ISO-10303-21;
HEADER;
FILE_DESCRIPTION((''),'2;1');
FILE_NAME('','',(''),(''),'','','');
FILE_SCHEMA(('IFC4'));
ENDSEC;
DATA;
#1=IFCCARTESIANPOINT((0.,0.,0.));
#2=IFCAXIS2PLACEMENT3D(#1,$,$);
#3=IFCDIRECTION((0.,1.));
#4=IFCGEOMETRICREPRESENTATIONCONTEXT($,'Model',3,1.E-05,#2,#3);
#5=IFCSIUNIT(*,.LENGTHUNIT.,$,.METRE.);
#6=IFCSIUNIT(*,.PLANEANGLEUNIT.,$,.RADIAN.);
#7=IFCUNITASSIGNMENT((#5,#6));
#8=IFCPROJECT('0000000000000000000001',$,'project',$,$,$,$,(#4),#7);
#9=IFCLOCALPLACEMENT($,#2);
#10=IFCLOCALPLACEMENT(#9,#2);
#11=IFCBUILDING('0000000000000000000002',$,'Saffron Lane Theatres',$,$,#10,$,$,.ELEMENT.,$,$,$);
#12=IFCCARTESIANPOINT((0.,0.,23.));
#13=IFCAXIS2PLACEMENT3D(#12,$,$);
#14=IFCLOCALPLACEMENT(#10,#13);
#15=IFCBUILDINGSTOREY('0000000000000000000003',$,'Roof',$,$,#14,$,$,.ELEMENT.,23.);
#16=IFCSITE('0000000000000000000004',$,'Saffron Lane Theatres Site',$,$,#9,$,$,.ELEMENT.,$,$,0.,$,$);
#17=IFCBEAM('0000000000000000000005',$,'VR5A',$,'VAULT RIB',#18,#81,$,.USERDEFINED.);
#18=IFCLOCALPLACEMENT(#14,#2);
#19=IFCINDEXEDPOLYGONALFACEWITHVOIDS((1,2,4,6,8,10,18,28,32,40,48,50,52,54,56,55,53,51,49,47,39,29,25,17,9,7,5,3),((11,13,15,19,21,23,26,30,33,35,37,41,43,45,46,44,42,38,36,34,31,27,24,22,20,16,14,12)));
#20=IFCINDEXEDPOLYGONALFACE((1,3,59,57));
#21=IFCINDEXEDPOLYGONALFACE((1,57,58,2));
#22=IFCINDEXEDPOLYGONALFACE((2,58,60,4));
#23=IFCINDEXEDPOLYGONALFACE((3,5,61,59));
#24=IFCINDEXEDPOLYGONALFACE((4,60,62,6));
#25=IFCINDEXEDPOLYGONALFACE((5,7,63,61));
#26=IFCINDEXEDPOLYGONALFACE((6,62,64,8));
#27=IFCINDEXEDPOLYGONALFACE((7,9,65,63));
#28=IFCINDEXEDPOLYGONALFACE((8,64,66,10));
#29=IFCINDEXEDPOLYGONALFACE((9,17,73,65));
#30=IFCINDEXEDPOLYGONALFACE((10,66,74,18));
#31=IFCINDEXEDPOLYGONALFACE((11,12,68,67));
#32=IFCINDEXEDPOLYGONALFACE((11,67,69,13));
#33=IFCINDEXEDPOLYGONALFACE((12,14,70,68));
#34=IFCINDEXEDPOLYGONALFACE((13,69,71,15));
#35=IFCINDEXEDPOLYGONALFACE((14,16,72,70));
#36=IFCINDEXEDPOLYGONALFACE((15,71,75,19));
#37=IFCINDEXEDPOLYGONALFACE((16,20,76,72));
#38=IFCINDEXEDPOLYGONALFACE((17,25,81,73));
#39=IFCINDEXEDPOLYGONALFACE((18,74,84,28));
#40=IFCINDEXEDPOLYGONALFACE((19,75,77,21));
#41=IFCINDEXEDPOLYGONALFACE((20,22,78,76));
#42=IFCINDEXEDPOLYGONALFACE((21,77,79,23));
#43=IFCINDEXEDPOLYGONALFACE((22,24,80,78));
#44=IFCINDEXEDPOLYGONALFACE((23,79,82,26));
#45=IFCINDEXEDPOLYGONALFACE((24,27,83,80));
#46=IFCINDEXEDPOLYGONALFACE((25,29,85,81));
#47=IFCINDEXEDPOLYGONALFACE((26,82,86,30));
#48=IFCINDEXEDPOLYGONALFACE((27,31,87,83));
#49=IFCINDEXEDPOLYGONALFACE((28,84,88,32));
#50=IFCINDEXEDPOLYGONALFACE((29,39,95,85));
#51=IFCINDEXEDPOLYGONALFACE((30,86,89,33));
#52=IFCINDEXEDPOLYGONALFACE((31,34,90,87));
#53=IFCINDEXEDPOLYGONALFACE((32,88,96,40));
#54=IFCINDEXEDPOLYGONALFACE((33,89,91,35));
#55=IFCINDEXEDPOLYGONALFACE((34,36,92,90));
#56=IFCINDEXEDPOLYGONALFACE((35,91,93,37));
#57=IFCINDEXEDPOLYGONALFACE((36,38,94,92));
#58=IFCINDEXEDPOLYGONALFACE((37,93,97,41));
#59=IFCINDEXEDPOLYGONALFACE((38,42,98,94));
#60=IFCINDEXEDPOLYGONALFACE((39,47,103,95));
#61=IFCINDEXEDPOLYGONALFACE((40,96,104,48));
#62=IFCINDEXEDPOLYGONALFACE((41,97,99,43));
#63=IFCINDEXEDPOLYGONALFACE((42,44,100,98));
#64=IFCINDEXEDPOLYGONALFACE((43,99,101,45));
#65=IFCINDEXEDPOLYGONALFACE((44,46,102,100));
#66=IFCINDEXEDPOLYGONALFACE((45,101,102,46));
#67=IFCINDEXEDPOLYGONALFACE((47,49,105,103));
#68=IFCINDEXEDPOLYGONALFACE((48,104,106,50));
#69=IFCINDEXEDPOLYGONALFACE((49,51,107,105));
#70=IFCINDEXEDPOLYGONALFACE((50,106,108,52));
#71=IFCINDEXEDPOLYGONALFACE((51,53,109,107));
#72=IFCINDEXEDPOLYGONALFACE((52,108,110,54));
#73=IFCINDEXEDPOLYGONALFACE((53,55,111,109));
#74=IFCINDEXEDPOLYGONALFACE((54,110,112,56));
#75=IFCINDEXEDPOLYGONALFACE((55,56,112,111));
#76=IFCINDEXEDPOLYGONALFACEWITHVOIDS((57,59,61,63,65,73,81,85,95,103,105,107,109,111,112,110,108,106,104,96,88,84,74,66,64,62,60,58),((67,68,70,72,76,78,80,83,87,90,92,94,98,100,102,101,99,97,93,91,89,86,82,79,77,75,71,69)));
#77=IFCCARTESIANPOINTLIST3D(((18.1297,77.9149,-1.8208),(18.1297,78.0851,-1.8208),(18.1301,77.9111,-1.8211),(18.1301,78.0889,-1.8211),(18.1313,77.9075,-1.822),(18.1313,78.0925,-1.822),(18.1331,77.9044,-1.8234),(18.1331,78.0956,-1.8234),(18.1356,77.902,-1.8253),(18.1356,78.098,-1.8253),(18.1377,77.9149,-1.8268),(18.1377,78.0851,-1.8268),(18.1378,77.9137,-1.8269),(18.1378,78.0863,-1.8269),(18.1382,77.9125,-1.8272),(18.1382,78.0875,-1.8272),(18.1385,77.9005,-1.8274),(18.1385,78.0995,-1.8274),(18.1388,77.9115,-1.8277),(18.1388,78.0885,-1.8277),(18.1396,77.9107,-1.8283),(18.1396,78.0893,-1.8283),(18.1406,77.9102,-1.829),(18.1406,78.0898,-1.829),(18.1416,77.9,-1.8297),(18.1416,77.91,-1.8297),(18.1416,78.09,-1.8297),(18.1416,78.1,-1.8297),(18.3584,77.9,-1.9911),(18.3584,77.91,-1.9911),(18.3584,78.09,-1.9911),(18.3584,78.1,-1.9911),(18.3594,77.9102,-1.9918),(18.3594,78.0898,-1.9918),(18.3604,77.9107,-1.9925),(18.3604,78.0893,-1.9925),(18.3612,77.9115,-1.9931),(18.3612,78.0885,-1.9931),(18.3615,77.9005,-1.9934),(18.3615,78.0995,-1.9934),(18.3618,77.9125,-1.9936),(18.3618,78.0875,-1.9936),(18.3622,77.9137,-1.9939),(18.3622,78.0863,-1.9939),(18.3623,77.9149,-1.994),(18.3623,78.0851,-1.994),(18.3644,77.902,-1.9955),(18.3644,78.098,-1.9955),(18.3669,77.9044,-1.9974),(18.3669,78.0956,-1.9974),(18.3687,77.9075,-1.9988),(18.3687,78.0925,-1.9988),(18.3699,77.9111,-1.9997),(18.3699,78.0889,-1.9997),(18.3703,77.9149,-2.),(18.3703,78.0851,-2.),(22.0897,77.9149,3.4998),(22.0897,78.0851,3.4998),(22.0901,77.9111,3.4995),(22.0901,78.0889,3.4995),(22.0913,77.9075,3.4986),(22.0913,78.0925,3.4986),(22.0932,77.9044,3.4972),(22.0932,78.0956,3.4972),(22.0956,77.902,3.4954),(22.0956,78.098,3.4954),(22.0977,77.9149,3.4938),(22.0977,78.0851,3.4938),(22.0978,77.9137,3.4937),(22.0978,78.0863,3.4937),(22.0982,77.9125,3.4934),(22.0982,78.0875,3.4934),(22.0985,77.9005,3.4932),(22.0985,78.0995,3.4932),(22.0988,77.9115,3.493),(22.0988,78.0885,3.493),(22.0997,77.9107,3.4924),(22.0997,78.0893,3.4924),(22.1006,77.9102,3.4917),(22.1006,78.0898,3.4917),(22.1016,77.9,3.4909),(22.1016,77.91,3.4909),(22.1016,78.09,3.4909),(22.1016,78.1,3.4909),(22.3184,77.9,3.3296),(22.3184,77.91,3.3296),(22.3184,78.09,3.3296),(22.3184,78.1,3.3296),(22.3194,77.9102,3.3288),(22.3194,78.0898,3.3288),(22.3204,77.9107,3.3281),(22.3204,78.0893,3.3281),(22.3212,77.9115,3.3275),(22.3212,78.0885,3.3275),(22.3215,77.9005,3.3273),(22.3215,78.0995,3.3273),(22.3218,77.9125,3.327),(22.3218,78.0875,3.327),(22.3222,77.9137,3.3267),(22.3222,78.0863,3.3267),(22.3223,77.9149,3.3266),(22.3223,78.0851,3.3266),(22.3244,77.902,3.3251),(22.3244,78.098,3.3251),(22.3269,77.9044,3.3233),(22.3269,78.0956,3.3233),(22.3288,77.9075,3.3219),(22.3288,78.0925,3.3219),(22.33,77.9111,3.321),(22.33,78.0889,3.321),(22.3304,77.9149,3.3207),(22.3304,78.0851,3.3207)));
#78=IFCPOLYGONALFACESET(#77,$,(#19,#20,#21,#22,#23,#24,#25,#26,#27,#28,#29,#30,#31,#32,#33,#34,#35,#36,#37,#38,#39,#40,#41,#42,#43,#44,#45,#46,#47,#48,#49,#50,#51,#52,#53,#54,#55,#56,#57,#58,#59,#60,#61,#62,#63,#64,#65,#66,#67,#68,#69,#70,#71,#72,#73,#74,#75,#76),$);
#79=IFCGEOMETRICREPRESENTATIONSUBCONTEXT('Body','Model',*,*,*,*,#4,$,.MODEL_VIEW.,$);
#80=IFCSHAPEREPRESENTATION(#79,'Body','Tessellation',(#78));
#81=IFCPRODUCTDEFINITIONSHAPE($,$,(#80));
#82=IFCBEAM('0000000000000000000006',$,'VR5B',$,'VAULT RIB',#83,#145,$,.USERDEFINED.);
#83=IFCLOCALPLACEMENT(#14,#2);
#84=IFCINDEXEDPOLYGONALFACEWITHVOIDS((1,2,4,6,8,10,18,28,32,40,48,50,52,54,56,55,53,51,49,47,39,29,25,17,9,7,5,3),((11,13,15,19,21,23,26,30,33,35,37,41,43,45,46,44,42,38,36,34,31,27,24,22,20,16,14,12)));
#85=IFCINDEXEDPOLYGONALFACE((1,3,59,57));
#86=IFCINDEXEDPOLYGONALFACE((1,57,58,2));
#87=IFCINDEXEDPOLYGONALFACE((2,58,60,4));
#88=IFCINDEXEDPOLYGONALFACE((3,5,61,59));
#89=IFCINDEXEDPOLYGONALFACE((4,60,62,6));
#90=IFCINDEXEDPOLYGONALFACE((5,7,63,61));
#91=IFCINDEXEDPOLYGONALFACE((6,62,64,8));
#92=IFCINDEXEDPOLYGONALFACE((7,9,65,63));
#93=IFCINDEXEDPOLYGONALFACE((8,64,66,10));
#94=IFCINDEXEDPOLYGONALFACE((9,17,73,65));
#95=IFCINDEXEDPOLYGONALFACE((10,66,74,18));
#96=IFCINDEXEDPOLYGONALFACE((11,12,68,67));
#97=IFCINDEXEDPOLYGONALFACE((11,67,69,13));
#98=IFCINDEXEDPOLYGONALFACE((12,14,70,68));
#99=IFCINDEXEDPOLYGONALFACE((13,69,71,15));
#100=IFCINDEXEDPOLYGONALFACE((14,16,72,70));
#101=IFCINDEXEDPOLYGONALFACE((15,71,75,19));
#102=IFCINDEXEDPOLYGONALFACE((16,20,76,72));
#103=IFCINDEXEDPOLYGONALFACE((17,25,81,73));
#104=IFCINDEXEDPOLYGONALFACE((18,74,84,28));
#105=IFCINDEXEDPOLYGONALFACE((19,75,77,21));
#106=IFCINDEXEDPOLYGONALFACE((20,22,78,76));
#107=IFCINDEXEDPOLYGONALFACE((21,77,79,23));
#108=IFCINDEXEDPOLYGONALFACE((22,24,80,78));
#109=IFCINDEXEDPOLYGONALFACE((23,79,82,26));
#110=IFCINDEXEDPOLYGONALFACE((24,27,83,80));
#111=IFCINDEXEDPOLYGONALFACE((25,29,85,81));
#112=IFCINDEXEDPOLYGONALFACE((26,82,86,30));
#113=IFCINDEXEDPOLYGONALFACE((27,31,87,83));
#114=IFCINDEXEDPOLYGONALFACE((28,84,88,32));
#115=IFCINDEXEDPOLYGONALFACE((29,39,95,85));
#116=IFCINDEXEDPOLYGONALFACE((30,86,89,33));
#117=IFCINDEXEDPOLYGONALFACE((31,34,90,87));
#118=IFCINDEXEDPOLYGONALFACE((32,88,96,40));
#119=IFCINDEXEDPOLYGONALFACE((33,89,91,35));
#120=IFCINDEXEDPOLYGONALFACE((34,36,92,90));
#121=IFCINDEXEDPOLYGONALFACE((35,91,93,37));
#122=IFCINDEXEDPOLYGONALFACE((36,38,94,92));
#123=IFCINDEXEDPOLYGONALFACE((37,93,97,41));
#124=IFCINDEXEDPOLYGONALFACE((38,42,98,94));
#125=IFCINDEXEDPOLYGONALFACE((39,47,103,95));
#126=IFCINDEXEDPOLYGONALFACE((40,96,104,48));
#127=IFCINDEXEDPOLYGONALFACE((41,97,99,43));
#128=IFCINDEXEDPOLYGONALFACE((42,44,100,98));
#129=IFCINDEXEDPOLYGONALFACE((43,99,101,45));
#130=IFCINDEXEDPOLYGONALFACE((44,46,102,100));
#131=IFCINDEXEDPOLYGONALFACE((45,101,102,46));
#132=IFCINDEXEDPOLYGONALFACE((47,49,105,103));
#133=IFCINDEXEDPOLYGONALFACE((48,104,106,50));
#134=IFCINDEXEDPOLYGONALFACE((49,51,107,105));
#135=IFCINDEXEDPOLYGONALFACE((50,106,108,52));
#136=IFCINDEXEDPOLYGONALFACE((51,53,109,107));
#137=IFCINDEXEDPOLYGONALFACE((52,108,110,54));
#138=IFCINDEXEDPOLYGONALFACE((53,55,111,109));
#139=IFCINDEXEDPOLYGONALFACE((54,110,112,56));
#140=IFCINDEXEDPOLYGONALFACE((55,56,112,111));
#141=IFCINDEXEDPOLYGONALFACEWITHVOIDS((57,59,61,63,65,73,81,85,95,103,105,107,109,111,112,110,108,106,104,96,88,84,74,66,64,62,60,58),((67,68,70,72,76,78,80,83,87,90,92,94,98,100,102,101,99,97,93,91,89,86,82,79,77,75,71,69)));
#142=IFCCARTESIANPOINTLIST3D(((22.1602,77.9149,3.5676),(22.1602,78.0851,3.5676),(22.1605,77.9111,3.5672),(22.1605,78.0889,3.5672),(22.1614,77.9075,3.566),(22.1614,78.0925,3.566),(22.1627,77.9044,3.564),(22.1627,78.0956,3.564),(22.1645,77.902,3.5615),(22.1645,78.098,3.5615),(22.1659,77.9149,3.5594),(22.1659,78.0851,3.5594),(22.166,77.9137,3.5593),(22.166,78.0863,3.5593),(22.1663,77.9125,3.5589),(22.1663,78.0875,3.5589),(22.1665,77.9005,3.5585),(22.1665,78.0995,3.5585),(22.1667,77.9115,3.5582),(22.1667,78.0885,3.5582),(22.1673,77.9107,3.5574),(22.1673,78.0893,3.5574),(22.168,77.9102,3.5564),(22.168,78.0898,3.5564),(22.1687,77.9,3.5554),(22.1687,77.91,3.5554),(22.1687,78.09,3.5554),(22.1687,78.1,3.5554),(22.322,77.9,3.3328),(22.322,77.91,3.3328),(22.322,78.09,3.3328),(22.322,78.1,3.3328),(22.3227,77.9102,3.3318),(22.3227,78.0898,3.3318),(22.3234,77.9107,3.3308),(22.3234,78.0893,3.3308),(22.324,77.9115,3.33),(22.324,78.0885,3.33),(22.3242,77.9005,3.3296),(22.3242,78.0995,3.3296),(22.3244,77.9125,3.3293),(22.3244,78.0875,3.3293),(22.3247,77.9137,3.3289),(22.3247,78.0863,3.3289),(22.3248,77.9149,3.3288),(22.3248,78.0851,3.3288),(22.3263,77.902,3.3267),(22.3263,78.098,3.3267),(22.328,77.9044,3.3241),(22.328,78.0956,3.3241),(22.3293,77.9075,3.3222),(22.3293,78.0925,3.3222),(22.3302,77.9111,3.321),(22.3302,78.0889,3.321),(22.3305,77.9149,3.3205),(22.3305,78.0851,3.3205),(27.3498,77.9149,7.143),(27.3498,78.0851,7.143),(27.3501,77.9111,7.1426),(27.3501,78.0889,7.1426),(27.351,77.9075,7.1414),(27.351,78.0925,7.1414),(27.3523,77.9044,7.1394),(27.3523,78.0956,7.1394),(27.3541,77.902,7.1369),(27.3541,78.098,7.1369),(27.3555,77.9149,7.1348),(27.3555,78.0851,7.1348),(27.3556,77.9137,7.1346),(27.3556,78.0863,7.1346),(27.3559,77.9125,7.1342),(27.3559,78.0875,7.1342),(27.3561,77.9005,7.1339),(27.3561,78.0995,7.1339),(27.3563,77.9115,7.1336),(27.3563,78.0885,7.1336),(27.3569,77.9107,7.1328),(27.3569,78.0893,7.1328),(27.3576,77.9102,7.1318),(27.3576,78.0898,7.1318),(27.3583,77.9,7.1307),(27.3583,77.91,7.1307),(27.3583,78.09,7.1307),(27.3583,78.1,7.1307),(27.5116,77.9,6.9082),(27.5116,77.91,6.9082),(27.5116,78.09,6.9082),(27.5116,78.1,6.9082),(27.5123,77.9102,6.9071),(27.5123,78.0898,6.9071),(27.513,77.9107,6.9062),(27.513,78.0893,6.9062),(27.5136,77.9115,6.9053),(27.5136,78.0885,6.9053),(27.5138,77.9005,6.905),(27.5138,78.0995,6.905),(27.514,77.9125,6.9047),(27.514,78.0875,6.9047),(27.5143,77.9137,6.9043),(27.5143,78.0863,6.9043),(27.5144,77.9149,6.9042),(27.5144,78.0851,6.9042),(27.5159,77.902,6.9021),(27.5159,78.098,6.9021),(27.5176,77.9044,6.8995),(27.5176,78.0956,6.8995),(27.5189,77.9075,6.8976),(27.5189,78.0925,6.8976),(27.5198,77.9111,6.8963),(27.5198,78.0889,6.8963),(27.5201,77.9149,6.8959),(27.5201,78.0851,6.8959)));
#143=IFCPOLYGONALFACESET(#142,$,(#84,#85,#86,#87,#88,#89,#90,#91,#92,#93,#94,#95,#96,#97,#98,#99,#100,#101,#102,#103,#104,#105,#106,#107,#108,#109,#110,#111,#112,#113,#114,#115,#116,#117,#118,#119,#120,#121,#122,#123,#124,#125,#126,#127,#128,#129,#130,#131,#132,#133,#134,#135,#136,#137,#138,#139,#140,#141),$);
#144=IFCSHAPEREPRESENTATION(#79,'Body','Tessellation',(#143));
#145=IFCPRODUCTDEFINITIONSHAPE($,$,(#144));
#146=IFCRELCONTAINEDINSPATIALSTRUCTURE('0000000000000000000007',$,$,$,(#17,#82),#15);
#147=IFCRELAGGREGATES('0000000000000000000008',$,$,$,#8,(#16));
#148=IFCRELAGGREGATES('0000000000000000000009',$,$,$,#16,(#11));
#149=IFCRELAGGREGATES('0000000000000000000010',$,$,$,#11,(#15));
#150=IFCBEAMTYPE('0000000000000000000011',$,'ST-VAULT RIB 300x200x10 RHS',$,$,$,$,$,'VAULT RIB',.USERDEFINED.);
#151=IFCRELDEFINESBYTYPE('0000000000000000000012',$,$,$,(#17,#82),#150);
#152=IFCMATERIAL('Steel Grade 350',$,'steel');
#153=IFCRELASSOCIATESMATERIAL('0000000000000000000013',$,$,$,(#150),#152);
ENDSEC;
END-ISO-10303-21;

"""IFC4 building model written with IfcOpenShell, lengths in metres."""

from ifc_helpers import new_model, si_unit, direction, frame, origin, origin_2d, place, context, subcontext, project, spatial, hollow_rectangle, extrude, material, material_profile, profile_set, type_object, element, save


model = new_model("IFC4")

# Units and contexts
model_context = context("Model", 3, precision=1e-05, world=origin(), true_north=direction((0.0, 1.0)))
body_context = subcontext(model_context, "Body", "Model", "MODEL_VIEW")
ifc_project = project(units=[si_unit("LENGTHUNIT", "METRE"), si_unit("PLANEANGLEUNIT", "RADIAN")], contexts=[model_context])

# Site, building, storey
site_placement = place(None, origin())
site = spatial("IfcSite", under=ifc_project, at=site_placement, Name="Saffron Lane Theatres Site", CompositionType="ELEMENT", RefElevation=0.0)
building_placement = place(site_placement, origin())
building = spatial("IfcBuilding", under=site, at=building_placement, Name="Saffron Lane Theatres", CompositionType="ELEMENT")
storey_placement = place(building_placement, frame((0.0, 0.0, 23.0)))
storey = spatial("IfcBuildingStorey", under=building, at=storey_placement, Name="Roof", CompositionType="ELEMENT", Elevation=23.0)

# Beams
ifc_material_1 = material(Name="Steel Grade 350", Category="steel")
ifc_material_profile_1 = material_profile(ifc_material_1, hollow_rectangle(XDim=0.2, YDim=0.3, WallThickness=0.01, InnerFilletRadius=0.0049, OuterFilletRadius=0.0149, at=origin_2d()))
ifc_profile_set_1 = profile_set([ifc_material_profile_1], Name="Steel Grade 350")
beam_type = type_object("IfcBeamType", Name="ST-VAULT RIB 300x200x10 RHS", ElementType="VAULT RIB", PredefinedType="USERDEFINED", material=ifc_profile_set_1)
beam_1_placement = place(storey_placement, frame((18.25, 78.0, -1.9104), z_axis=(0.597057, 0.0, 0.802199), x_axis=(0.0, 1.0, 0.0)))
element("IfcBeam", 1, at=beam_1_placement, inside=storey, type_object=beam_type, Name="VR5A", ObjectType="VAULT RIB", PredefinedType="USERDEFINED", context=body_context, shape_type="SweptSolid", body=[
    extrude(hollow_rectangle(XDim=0.2, YDim=0.3, WallThickness=0.01, InnerFilletRadius=0.0049, OuterFilletRadius=0.0149, at=origin_2d()), origin(), (0.0, 0.0, 1.0), 6.6326),
])
beam_2_placement = place(storey_placement, frame((22.2454, 78.0, 3.4441), z_axis=(0.823484, 0.0, 0.567339), x_axis=(0.0, 1.0, 0.0)))
element("IfcBeam", 2, at=beam_2_placement, inside=storey, type_object=beam_type, Name="VR5B", ObjectType="VAULT RIB", PredefinedType="USERDEFINED", context=body_context, shape_type="SweptSolid", body=[
    extrude(hollow_rectangle(XDim=0.2, YDim=0.3, WallThickness=0.01, InnerFilletRadius=0.0049, OuterFilletRadius=0.0149, at=origin_2d()), origin(), (0.0, 0.0, 1.0), 6.302),
])

save(model, "model.ifc")
